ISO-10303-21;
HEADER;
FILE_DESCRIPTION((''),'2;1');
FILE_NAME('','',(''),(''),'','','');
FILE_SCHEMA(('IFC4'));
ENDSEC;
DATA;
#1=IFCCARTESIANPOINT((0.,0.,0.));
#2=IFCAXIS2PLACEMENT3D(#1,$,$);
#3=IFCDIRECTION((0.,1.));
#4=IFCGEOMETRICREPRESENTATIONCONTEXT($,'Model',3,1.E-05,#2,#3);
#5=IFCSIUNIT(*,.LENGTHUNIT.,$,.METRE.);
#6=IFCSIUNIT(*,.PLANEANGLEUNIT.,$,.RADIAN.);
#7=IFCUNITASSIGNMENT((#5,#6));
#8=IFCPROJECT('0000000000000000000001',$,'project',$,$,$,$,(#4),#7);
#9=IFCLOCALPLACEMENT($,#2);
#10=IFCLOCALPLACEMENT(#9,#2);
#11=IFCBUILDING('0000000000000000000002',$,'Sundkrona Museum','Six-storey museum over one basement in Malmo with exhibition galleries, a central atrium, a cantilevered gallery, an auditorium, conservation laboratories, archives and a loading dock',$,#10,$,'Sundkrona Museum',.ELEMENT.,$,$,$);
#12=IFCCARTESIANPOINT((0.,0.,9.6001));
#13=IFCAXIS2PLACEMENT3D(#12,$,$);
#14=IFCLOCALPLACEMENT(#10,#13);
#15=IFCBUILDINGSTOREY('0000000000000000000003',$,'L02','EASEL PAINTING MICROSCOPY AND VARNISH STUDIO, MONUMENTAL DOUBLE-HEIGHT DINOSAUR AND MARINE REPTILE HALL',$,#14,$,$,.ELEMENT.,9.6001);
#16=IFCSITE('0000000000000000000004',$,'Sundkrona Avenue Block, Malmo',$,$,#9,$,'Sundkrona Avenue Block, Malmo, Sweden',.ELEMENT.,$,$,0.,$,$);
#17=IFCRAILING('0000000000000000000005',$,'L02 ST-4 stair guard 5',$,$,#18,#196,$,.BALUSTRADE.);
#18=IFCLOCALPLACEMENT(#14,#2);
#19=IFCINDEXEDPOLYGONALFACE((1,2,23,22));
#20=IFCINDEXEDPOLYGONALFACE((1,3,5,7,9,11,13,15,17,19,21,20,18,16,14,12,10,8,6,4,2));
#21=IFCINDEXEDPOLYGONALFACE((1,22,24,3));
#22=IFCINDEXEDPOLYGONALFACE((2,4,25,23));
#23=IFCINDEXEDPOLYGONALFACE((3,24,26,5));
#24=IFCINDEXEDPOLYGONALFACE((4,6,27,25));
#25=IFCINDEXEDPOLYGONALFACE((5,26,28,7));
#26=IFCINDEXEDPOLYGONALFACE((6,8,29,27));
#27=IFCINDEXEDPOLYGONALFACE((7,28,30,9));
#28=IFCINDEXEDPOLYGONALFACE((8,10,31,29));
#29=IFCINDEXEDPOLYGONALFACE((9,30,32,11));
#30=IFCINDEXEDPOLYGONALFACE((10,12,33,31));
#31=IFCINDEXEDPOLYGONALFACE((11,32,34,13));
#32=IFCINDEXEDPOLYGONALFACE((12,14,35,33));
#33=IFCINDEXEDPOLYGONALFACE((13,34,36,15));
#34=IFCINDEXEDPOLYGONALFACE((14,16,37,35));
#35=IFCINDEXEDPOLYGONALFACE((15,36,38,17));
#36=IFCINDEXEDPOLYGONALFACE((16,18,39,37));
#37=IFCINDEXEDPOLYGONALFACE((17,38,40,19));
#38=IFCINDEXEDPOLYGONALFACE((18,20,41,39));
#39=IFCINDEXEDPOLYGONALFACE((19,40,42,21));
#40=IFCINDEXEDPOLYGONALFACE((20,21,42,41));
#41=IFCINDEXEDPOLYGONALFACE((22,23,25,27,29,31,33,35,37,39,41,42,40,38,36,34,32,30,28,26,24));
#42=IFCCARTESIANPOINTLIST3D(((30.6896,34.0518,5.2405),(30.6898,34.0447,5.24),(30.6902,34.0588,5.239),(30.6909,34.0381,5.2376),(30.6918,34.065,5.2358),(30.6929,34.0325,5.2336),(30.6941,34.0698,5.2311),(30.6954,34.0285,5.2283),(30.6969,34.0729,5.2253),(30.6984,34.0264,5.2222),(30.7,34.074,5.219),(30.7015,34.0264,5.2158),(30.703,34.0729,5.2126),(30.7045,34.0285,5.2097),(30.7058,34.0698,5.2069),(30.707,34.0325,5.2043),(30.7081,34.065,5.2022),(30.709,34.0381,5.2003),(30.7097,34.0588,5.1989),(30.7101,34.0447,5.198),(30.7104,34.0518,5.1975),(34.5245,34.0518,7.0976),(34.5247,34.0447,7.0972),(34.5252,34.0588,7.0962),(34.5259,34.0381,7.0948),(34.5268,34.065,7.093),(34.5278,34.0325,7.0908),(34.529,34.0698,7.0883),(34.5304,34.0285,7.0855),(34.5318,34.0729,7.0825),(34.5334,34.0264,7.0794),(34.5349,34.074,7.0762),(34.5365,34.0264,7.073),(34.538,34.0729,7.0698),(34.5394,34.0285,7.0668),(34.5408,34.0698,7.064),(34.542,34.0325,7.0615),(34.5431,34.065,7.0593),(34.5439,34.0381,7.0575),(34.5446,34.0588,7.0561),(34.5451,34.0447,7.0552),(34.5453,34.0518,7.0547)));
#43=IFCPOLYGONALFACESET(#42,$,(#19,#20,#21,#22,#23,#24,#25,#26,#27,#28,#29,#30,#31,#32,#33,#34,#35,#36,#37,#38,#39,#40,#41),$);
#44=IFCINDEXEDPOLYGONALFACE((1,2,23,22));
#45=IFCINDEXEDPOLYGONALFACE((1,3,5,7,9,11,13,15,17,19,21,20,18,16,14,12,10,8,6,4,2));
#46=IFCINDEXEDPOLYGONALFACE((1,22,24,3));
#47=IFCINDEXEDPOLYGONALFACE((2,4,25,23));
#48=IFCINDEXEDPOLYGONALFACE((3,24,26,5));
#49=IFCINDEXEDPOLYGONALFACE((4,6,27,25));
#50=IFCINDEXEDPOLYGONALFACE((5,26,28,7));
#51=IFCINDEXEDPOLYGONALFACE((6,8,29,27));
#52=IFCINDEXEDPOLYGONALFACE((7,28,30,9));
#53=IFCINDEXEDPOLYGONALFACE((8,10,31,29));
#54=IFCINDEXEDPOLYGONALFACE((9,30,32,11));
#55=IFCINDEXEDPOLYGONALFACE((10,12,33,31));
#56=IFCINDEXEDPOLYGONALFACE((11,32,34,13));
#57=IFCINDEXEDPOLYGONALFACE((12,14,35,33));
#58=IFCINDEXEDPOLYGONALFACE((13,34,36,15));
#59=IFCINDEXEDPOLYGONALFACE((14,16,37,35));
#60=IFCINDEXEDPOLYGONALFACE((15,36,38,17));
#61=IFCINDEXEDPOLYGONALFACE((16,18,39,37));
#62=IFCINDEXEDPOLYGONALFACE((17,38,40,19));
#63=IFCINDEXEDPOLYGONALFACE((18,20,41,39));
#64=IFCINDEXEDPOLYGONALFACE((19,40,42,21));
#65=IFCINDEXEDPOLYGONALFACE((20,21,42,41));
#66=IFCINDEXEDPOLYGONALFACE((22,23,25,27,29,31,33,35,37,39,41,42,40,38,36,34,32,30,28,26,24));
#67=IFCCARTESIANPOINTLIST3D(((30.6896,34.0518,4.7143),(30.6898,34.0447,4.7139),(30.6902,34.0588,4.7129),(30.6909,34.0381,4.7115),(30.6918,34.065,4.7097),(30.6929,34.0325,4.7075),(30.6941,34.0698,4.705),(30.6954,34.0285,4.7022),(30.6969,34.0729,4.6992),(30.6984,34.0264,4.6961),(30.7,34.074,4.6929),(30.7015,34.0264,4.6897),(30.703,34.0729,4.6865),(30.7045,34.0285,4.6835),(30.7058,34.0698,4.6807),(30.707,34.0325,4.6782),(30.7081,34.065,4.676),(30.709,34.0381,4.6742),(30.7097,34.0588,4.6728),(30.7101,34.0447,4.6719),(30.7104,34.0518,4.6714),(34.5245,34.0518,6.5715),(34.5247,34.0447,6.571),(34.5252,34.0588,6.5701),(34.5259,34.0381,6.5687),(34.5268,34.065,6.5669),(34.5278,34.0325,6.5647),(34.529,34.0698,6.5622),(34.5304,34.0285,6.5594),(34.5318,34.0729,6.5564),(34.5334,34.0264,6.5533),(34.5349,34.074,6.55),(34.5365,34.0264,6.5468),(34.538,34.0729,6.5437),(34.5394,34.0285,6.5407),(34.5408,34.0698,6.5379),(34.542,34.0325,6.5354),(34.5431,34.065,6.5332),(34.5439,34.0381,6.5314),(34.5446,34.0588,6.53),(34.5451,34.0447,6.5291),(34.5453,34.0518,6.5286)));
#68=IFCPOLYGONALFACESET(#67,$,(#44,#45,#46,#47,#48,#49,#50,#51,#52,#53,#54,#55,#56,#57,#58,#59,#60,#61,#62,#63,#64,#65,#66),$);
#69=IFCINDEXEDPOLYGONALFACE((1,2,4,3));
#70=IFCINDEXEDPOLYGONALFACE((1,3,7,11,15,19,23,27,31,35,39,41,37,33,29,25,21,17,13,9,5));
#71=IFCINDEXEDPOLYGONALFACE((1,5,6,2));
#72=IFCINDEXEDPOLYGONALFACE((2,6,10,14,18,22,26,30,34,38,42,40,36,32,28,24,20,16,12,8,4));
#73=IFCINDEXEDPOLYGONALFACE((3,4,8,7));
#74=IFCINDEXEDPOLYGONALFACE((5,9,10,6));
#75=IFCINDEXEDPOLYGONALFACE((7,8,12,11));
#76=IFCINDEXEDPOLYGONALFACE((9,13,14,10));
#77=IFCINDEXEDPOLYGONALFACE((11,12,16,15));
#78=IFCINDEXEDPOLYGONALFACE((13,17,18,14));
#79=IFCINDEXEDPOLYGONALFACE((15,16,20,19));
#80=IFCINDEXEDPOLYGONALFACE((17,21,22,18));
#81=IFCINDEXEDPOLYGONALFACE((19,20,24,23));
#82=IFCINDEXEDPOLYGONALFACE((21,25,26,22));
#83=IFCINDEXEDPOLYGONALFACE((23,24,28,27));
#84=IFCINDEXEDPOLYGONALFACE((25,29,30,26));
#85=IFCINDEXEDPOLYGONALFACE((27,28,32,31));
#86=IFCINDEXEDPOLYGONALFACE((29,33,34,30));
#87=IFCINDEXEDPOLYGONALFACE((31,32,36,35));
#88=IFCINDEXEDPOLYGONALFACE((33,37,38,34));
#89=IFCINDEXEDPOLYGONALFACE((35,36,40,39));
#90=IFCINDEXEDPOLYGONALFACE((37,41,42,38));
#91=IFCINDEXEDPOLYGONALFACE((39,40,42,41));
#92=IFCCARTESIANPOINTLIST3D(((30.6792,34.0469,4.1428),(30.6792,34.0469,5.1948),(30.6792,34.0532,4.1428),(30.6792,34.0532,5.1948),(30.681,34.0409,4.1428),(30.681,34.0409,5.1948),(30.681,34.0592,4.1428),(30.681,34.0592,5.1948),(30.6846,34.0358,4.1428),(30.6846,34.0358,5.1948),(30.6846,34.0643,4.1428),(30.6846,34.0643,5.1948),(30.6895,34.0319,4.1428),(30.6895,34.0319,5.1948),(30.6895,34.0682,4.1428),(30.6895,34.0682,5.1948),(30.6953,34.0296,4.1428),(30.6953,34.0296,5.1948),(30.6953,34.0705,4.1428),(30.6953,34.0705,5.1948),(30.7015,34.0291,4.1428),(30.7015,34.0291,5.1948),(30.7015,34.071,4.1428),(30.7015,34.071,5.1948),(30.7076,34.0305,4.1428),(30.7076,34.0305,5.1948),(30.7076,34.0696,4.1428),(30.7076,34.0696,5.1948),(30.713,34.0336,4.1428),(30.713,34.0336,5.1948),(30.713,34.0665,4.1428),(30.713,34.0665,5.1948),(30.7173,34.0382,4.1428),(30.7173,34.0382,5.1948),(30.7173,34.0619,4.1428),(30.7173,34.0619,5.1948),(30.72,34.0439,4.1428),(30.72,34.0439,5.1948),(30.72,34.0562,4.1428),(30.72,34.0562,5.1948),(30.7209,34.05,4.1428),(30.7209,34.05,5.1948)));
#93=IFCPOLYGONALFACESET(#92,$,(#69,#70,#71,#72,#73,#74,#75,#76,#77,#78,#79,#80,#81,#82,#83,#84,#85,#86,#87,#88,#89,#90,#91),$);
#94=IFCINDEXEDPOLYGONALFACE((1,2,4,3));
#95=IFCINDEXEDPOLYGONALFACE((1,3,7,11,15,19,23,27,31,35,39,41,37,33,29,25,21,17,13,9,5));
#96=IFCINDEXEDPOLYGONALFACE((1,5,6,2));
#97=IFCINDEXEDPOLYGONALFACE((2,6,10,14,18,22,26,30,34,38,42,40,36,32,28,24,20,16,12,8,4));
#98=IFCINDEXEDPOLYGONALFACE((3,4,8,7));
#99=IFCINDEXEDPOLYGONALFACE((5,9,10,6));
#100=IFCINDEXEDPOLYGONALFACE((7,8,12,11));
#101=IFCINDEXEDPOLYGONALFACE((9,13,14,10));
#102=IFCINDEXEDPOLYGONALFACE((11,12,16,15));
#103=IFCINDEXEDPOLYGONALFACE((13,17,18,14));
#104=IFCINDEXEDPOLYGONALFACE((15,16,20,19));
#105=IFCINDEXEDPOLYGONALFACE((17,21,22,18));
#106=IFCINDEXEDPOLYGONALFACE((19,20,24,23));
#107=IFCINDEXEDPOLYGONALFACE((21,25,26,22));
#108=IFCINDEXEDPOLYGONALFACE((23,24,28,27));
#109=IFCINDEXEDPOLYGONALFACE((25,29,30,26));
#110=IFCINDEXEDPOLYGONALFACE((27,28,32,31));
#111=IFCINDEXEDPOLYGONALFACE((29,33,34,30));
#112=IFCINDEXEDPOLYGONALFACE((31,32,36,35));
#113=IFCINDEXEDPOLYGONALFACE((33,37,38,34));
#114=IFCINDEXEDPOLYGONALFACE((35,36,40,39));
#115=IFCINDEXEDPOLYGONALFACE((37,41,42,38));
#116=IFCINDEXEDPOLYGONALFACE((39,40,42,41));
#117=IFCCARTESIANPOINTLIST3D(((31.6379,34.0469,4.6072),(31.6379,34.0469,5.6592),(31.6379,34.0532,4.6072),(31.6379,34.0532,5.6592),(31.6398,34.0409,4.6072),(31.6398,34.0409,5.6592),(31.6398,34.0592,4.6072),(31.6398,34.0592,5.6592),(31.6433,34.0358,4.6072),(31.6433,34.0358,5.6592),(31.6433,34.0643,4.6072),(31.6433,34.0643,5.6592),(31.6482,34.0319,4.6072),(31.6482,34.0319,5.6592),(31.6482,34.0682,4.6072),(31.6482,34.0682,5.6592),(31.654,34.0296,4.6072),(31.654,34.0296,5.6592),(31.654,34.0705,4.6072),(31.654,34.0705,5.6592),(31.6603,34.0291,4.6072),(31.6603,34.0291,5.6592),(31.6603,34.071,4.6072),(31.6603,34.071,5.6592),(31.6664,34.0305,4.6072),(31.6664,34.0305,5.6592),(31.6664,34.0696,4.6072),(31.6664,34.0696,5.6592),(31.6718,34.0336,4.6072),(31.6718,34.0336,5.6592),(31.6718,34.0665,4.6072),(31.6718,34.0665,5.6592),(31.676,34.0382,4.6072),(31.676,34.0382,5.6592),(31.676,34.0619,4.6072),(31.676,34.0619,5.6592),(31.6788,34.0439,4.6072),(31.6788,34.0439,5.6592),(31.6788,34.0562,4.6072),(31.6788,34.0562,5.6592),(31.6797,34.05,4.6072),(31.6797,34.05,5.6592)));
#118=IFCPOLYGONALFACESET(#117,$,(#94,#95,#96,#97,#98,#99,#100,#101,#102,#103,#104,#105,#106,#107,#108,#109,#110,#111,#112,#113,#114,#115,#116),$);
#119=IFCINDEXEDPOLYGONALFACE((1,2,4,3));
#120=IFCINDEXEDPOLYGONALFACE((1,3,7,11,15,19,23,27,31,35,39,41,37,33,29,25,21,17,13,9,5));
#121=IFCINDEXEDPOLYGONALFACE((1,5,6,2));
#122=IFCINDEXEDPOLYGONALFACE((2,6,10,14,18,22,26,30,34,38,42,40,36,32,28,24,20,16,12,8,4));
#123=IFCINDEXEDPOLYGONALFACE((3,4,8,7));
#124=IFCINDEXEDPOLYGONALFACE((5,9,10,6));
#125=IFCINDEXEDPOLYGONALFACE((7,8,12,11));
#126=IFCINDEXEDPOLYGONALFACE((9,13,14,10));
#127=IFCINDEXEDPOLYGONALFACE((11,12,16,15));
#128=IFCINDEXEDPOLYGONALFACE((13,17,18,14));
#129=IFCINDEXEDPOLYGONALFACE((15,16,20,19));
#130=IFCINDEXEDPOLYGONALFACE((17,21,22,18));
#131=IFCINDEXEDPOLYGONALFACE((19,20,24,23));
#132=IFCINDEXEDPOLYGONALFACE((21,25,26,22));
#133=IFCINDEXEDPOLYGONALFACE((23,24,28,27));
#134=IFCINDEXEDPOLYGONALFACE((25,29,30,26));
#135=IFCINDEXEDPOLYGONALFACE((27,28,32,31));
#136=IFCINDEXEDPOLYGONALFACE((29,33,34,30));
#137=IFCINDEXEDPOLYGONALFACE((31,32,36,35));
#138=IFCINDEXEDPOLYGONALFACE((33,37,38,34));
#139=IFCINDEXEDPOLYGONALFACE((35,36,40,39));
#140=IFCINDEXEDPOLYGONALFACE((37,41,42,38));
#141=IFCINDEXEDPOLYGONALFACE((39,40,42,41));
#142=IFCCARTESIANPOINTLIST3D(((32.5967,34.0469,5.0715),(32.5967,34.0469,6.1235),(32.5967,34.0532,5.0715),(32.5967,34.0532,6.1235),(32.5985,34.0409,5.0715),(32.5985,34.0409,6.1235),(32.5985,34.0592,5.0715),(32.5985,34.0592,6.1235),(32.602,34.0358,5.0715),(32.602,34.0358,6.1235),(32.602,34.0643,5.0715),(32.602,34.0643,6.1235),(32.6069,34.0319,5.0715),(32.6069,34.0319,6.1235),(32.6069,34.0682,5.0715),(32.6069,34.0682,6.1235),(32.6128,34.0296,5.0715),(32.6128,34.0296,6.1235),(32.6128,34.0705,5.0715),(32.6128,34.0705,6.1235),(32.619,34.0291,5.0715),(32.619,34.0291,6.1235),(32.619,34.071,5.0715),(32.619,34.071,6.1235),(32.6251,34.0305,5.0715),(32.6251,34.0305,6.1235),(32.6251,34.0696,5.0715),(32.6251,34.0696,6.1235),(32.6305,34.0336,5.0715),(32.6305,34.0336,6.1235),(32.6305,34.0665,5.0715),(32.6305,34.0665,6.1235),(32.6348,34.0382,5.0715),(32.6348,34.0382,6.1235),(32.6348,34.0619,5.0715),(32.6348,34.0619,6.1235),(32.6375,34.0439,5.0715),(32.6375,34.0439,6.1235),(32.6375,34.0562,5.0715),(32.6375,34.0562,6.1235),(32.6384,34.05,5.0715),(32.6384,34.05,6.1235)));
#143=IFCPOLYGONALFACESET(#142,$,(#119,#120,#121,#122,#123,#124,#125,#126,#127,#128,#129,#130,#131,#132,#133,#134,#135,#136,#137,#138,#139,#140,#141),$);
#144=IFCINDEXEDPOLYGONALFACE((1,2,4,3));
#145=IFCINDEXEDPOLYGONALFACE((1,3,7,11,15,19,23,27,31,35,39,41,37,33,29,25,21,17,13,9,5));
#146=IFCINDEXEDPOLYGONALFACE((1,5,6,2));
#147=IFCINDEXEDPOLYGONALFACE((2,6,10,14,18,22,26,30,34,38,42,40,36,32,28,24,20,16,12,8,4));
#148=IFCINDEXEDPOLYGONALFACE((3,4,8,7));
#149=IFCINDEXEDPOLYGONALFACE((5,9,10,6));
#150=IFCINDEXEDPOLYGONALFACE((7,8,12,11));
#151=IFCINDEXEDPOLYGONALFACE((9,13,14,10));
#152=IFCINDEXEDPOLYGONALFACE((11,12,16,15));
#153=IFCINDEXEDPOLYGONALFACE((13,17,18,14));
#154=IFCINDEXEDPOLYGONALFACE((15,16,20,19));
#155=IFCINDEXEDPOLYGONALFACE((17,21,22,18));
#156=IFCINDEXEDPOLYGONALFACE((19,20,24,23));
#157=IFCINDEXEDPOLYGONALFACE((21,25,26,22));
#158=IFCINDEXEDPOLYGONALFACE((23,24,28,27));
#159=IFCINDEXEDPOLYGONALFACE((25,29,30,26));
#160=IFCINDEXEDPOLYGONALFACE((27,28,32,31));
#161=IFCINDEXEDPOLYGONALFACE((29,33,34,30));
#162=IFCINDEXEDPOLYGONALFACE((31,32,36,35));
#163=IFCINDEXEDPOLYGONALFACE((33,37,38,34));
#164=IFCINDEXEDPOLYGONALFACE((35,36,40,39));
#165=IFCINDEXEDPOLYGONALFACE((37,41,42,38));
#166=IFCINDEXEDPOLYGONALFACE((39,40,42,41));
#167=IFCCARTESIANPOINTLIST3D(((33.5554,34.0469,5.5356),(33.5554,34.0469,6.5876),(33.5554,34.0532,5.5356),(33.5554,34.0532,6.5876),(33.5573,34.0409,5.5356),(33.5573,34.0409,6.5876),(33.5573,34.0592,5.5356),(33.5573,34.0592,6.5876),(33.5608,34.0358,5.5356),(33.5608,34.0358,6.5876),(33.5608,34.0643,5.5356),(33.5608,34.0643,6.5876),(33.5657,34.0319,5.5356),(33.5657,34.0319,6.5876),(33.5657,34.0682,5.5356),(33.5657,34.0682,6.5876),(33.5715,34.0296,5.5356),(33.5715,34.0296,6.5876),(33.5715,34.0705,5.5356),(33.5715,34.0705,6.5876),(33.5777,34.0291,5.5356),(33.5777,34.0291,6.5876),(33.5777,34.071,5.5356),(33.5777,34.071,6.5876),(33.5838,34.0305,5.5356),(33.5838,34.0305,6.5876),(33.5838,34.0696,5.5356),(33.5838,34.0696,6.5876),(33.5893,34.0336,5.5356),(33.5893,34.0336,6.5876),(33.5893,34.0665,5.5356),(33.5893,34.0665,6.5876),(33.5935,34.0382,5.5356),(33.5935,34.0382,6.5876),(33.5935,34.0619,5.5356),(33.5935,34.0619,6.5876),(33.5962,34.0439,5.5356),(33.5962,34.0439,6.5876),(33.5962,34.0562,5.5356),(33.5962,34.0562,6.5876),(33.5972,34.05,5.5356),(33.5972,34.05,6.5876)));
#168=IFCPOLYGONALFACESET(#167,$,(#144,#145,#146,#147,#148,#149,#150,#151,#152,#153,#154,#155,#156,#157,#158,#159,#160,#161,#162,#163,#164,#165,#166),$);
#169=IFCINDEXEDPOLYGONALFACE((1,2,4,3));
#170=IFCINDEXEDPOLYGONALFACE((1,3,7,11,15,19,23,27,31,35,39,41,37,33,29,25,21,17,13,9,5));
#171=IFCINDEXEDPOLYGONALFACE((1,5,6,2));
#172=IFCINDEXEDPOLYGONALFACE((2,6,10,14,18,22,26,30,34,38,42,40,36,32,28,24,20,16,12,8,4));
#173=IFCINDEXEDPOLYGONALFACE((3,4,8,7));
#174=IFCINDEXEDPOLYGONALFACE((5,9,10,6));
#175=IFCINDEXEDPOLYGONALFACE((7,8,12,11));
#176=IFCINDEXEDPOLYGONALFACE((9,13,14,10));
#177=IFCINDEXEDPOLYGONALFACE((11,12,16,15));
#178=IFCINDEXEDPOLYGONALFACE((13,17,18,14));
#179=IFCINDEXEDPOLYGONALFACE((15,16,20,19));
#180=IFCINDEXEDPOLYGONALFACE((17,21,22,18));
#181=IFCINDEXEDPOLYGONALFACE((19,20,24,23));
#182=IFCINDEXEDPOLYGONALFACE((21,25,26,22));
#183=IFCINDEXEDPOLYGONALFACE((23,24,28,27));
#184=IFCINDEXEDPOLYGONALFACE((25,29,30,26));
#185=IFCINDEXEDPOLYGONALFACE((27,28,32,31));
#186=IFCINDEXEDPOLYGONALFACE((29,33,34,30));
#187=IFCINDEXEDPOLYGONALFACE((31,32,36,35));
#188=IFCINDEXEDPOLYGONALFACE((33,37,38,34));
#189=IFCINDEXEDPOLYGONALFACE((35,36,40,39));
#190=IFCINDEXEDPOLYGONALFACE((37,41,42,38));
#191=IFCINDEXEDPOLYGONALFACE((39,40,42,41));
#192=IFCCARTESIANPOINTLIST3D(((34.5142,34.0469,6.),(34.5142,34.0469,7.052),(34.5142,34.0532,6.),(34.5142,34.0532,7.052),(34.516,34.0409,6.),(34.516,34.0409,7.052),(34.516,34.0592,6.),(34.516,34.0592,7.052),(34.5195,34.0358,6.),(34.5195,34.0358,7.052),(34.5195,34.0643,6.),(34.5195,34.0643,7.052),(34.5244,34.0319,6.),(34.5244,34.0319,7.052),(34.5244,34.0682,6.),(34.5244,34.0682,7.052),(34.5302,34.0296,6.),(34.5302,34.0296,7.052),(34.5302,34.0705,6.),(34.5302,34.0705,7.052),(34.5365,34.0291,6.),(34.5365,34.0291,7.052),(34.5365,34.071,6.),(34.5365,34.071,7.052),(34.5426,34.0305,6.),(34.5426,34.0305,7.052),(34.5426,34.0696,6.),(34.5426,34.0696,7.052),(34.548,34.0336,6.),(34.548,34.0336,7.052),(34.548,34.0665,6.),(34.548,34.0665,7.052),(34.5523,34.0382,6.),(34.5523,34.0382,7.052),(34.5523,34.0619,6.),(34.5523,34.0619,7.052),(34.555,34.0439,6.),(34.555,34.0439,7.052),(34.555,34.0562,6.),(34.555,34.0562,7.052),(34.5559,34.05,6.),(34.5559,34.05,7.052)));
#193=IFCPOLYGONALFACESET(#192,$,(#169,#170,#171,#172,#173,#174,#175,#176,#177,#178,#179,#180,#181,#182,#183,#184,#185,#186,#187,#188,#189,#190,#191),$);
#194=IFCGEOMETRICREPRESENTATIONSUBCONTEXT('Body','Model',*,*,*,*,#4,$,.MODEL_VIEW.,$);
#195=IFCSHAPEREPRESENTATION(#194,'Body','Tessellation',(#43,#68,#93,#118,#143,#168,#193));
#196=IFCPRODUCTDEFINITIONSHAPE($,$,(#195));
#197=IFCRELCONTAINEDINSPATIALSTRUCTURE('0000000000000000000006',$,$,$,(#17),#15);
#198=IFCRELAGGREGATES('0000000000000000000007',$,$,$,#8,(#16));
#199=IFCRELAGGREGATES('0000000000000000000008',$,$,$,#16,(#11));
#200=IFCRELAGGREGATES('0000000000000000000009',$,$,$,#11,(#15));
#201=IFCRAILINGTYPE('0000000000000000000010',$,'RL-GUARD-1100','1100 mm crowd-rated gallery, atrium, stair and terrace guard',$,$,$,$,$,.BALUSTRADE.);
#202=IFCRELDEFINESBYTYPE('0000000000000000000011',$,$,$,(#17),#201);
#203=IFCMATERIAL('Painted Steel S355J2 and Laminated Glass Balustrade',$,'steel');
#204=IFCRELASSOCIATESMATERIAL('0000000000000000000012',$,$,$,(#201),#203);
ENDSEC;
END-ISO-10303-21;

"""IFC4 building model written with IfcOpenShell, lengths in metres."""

from ifc_helpers import new_model, si_unit, direction, frame, origin, origin_2d, place, context, subcontext, project, spatial, circle, extrude, material, type_object, element, save


model = new_model("IFC4")

# Units and contexts
model_context = context("Model", 3, precision=1e-05, world=origin(), true_north=direction((0.0, 1.0)))
body_context = subcontext(model_context, "Body", "Model", "MODEL_VIEW")
ifc_project = project(units=[si_unit("LENGTHUNIT", "METRE"), si_unit("PLANEANGLEUNIT", "RADIAN")], contexts=[model_context])

# Site, building, storey
site_placement = place(None, origin())
site = spatial("IfcSite", under=ifc_project, at=site_placement, Name="Sundkrona Avenue Block, Malmo", LongName="Sundkrona Avenue Block, Malmo, Sweden", CompositionType="ELEMENT", RefElevation=0.0)
building_placement = place(site_placement, origin())
building = spatial("IfcBuilding", under=site, at=building_placement, Name="Sundkrona Museum", Description="Six-storey museum over one basement in Malmo with exhibition galleries, a central atrium, a cantilevered gallery, an auditorium, conservation laboratories, archives and a loading dock", LongName="Sundkrona Museum", CompositionType="ELEMENT")
storey_placement = place(building_placement, frame((0.0, 0.0, 9.6001)))
storey = spatial("IfcBuildingStorey", under=building, at=storey_placement, Name="L02", Description="EASEL PAINTING MICROSCOPY AND VARNISH STUDIO, MONUMENTAL DOUBLE-HEIGHT DINOSAUR AND MARINE REPTILE HALL", CompositionType="ELEMENT", Elevation=9.6001)

# Railing
ifc_material_1 = material(Name="Painted Steel S355J2 and Laminated Glass Balustrade", Category="steel")
railing_type_1 = type_object("IfcRailingType", Name="RL-GUARD-1100", Description="1100 mm crowd-rated gallery, atrium, stair and terrace guard", PredefinedType="BALUSTRADE", material=ifc_material_1)
railing_1_placement = place(storey_placement, frame((30.7, 34.05, 4.1428)))
element("IfcRailing", 1, at=railing_1_placement, inside=storey, type_object=railing_type_1, Name="L02 ST-4 stair guard 5", PredefinedType="BALUSTRADE", context=body_context, shape_type="SweptSolid", body=[
    extrude(circle(Radius=0.0239, at=origin_2d()), frame((0.0, 0.0, 1.0762), z_axis=(0.900016, 0.0, 0.435856), x_axis=(0.0, 1.0, 0.0)), (0.0, 0.0, 1.0), 4.261),
    extrude(circle(Radius=0.0239, at=origin_2d()), frame((0.0, 0.0, 0.55), z_axis=(0.900016, 0.0, 0.435856), x_axis=(0.0, 1.0, 0.0)), (0.0, 0.0, 1.0), 4.261),
    extrude(circle(Radius=0.021, at=origin_2d()), origin(), (0.0, 0.0, 1.0), 1.052),
    extrude(circle(Radius=0.021, at=origin_2d()), frame((0.9587, 0.0, 0.4644)), (0.0, 0.0, 1.0), 1.052),
    extrude(circle(Radius=0.021, at=origin_2d()), frame((1.9175, 0.0, 0.9287)), (0.0, 0.0, 1.0), 1.052),
    extrude(circle(Radius=0.021, at=origin_2d()), frame((2.8762, 0.0, 1.3928)), (0.0, 0.0, 1.0), 1.052),
    extrude(circle(Radius=0.021, at=origin_2d()), frame((3.835, 0.0, 1.8572)), (0.0, 0.0, 1.0), 1.052),
])

save(model, "model.ifc")
